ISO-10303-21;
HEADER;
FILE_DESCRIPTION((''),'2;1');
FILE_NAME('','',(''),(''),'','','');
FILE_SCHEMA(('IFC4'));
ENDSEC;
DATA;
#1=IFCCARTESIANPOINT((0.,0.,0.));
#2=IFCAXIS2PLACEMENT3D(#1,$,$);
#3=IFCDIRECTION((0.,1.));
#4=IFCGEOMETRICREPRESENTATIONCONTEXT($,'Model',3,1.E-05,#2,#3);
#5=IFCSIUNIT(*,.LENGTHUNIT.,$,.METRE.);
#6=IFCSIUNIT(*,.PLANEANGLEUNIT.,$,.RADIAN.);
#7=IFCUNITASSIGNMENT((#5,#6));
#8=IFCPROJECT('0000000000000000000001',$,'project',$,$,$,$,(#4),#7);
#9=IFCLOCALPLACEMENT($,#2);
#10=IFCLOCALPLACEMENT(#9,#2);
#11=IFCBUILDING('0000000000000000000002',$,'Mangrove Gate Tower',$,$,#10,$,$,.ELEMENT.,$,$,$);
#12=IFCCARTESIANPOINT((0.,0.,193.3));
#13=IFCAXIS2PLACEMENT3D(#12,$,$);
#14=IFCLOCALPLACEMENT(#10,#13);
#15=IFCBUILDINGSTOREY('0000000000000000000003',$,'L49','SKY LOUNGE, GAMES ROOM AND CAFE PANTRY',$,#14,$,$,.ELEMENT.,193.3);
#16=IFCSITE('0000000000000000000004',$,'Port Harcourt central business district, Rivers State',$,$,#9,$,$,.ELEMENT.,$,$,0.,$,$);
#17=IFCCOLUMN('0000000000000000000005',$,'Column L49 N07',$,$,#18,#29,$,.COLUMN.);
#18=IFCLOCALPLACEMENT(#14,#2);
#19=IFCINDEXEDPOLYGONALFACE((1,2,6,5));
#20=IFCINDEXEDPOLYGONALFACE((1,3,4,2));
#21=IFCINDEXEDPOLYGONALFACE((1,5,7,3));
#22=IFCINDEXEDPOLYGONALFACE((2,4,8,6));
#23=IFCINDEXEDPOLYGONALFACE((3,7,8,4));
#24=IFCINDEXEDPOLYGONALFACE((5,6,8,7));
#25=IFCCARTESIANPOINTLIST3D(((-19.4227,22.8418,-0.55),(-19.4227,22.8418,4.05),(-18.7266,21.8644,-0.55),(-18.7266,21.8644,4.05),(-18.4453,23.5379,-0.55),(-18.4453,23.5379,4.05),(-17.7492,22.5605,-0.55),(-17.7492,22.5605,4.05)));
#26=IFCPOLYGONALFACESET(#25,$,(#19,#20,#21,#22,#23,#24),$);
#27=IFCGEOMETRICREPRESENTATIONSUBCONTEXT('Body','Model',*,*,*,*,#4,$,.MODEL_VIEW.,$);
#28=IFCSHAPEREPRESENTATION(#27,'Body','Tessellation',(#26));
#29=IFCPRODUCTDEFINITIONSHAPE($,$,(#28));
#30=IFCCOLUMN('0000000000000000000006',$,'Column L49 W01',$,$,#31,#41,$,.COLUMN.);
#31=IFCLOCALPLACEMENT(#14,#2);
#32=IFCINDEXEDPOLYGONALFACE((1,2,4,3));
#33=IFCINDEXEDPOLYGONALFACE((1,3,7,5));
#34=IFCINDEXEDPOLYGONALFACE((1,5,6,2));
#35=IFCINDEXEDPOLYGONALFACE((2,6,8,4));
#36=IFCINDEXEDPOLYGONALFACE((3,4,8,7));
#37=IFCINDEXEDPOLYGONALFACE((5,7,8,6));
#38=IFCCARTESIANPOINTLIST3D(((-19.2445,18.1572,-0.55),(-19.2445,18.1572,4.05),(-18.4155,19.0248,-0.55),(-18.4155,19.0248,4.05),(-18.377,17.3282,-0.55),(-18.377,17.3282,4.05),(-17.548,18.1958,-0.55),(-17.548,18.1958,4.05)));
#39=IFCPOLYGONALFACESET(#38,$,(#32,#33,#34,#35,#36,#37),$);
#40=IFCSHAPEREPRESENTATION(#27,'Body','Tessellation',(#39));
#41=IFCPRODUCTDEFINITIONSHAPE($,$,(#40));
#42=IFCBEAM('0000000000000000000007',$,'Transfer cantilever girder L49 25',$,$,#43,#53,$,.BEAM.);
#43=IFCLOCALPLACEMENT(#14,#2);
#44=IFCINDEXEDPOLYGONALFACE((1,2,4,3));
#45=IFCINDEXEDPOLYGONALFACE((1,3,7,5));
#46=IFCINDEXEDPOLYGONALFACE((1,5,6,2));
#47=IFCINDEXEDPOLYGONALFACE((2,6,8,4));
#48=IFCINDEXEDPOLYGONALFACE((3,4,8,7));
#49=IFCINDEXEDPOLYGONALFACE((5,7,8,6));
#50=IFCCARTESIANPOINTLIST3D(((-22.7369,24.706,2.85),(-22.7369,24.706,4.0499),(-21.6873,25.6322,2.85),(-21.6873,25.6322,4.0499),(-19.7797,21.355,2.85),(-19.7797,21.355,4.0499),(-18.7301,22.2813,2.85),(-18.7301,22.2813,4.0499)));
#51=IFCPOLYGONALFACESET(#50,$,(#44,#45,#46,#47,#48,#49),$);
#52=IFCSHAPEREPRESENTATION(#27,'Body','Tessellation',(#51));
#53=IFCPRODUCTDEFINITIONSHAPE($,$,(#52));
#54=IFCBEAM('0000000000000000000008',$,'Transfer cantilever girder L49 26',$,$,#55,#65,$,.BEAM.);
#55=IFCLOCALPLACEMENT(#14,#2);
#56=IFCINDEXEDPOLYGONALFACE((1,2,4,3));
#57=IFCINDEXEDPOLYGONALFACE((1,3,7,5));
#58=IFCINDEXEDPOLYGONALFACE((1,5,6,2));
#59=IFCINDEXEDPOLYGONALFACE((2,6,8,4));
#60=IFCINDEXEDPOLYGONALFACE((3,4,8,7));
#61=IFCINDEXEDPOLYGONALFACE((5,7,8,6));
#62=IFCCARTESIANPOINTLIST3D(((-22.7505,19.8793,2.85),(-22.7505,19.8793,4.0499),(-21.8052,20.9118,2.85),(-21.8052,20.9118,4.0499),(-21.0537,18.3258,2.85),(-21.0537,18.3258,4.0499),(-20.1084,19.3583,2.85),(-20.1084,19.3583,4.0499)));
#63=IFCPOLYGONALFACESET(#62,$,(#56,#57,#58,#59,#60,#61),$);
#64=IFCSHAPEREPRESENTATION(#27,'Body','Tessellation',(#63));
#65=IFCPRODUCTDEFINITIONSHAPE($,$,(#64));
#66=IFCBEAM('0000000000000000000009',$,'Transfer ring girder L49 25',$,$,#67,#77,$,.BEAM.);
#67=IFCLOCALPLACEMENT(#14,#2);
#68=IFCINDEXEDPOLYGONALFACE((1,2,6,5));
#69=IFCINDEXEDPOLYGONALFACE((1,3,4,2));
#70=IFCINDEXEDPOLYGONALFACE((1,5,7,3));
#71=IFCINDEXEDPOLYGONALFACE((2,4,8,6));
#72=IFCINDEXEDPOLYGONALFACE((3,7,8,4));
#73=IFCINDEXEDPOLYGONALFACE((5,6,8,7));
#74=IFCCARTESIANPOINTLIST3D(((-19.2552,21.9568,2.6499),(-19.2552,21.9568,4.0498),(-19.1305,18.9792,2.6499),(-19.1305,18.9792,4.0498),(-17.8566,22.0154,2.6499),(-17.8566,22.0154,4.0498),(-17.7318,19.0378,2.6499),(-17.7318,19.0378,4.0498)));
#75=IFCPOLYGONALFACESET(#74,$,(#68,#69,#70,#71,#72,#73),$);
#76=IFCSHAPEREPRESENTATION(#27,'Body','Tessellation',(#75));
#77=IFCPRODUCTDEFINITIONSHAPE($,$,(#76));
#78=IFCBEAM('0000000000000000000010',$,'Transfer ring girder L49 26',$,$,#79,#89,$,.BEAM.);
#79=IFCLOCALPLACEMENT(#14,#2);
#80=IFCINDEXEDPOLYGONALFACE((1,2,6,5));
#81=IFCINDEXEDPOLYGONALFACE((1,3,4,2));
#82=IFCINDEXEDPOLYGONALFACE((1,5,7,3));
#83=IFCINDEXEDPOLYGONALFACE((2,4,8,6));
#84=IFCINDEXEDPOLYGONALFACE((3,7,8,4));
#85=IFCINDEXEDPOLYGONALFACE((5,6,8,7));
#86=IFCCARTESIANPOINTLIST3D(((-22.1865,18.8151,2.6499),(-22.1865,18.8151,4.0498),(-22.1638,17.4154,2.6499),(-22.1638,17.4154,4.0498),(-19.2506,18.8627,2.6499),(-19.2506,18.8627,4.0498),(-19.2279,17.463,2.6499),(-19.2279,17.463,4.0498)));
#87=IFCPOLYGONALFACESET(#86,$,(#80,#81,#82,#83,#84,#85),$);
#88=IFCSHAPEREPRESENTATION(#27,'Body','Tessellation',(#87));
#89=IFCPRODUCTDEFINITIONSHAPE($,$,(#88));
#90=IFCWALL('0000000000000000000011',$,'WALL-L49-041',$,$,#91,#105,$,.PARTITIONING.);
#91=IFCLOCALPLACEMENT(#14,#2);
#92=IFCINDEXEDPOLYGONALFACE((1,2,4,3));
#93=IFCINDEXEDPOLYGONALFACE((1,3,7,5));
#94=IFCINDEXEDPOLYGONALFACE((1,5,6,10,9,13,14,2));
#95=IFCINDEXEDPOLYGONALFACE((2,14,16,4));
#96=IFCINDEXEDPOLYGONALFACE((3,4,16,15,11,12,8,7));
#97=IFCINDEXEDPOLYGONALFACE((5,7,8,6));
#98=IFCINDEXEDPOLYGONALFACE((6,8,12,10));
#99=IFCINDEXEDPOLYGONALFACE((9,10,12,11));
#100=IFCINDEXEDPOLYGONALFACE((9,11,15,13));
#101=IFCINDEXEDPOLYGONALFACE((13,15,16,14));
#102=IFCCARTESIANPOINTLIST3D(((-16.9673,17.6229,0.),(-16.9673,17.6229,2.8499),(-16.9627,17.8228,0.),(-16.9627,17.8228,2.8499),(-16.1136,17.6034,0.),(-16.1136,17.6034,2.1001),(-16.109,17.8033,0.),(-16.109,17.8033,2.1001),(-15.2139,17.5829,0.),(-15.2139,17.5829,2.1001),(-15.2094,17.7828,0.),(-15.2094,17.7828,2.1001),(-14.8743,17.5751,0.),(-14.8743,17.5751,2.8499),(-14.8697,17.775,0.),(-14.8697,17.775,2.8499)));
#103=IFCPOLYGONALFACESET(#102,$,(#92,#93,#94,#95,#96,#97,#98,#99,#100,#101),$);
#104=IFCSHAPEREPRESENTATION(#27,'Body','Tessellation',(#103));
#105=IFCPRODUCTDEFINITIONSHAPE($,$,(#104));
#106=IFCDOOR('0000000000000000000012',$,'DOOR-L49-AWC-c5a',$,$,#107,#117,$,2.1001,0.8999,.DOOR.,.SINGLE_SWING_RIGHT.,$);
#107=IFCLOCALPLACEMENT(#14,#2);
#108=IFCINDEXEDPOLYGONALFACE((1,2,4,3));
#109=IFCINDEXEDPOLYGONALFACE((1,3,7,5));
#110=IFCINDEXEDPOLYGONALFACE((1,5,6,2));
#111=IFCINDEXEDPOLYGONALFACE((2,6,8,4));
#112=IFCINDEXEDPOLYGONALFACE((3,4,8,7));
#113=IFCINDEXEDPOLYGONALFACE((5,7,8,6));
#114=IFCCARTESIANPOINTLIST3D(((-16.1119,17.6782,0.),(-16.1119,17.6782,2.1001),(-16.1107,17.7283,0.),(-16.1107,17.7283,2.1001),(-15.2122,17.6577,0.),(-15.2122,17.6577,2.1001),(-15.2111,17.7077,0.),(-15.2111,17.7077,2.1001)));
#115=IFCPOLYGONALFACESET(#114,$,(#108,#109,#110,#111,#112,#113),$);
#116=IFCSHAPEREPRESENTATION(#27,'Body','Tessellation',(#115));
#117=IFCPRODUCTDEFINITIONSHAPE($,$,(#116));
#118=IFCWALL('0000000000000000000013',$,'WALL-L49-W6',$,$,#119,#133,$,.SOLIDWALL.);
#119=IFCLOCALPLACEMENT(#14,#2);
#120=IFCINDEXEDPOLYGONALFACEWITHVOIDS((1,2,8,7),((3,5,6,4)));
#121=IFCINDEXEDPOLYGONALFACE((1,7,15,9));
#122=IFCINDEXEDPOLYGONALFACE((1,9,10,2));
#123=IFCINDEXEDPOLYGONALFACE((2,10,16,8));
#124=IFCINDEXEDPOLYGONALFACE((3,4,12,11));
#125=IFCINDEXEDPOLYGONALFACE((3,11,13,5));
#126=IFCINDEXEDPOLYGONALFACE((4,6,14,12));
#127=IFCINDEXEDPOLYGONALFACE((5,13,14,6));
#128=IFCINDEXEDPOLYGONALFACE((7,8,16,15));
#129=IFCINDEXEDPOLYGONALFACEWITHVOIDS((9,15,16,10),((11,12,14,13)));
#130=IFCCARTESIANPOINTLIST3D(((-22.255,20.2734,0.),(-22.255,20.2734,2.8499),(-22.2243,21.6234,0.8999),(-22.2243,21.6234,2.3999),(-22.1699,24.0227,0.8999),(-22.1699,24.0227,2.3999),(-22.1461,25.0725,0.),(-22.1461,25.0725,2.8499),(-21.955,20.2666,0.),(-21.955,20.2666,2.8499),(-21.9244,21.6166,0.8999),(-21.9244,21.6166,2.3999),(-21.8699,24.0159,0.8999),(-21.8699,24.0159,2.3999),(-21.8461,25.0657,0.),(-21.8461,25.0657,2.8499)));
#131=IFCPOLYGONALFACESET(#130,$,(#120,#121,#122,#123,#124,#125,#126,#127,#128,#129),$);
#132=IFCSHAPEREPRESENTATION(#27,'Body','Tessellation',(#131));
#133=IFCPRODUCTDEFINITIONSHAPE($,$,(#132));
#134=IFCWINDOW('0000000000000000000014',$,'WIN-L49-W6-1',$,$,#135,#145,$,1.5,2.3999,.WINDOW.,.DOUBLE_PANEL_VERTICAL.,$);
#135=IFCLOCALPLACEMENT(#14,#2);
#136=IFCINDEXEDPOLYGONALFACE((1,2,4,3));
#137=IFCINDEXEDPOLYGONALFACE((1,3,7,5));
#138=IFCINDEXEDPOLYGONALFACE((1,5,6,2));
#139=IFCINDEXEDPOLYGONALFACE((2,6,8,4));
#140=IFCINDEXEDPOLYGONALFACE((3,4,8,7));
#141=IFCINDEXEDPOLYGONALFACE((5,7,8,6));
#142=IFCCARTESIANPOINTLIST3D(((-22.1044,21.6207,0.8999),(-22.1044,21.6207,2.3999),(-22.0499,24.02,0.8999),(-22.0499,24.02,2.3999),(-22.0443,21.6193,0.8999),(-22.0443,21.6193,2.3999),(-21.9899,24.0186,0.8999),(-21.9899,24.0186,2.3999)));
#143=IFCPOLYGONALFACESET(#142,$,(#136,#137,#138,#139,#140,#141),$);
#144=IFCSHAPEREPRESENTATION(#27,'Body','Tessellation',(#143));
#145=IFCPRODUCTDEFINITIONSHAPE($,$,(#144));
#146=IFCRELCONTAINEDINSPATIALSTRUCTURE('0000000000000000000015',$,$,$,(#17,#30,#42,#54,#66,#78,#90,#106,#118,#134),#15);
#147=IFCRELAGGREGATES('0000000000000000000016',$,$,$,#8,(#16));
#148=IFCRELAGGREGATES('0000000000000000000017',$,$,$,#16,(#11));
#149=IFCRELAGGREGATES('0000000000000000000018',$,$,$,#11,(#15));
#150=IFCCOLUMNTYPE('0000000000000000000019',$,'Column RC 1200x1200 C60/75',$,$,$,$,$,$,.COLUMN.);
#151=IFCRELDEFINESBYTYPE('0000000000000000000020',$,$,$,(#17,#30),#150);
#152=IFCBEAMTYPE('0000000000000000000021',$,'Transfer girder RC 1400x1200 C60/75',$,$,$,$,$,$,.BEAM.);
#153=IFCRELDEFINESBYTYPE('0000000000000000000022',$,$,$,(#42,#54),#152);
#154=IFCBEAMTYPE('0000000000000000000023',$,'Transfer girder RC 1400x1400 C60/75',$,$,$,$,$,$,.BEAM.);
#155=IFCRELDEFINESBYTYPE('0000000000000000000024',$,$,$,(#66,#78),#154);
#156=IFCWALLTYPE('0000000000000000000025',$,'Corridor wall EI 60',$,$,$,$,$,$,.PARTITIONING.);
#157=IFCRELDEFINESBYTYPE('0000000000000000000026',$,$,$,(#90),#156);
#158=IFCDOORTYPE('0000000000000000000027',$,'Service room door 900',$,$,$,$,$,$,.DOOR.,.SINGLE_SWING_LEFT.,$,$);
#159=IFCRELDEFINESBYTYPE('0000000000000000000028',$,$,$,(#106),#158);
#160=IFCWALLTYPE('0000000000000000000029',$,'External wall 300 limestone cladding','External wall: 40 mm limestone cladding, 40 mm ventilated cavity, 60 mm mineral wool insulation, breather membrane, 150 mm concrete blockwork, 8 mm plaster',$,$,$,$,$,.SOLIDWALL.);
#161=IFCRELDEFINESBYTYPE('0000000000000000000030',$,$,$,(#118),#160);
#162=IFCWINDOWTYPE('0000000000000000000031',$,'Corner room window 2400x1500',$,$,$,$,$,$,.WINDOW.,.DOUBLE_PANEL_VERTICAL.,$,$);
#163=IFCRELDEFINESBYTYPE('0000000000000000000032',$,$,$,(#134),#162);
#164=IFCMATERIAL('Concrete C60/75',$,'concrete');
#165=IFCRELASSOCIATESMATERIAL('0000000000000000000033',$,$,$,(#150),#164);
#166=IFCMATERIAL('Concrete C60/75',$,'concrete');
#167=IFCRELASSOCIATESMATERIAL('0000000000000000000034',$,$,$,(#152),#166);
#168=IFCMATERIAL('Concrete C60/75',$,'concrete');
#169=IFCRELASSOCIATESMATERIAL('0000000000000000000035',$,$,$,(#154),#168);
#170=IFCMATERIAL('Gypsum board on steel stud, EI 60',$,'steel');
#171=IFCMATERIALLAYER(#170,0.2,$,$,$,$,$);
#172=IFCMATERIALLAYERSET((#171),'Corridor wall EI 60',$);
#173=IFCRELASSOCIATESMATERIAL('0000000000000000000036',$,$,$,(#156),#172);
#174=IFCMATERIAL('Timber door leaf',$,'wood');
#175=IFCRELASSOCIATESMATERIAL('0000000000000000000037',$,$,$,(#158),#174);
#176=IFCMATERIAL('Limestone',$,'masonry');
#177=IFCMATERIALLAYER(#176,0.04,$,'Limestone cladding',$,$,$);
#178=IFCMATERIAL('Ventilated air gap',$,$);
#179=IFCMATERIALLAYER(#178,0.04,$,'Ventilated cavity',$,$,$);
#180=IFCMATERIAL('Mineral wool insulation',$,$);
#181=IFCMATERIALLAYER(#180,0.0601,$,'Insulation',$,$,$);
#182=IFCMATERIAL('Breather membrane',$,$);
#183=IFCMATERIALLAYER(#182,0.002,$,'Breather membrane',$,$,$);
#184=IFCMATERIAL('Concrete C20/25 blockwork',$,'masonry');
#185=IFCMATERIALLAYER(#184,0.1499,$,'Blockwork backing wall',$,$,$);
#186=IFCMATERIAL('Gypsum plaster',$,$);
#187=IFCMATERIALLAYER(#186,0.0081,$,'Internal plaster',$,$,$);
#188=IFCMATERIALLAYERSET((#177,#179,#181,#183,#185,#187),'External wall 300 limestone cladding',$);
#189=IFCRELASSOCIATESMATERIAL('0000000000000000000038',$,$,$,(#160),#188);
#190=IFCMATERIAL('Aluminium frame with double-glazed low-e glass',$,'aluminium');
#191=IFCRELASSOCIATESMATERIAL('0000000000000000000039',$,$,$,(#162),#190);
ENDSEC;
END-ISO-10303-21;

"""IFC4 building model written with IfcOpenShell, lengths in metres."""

from ifc_helpers import new_model, si_unit, direction, frame, frame_2d, origin, origin_2d, place, context, subcontext, project, spatial, rectangle, extrude, material, layer, layer_set, material_profile, profile_set, type_object, element, fill, save


model = new_model("IFC4")

# Units and contexts
model_context = context("Model", 3, precision=1e-05, world=origin(), true_north=direction((0.0, 1.0)))
body_context = subcontext(model_context, "Body", "Model", "MODEL_VIEW")
ifc_project = project(units=[si_unit("LENGTHUNIT", "METRE"), si_unit("PLANEANGLEUNIT", "RADIAN")], contexts=[model_context])

# Site, building, storey
site_placement = place(None, origin())
site = spatial("IfcSite", under=ifc_project, at=site_placement, Name="Port Harcourt central business district, Rivers State", CompositionType="ELEMENT", RefElevation=0.0)
building_placement = place(site_placement, origin())
building = spatial("IfcBuilding", under=site, at=building_placement, Name="Mangrove Gate Tower", CompositionType="ELEMENT")
storey_placement = place(building_placement, frame((0.0, 0.0, 193.3)))
storey = spatial("IfcBuildingStorey", under=building, at=storey_placement, Name="L49", Description="SKY LOUNGE, GAMES ROOM AND CAFE PANTRY", CompositionType="ELEMENT", Elevation=193.3)

# Columns
ifc_material_1 = material(Name="Concrete C60/75", Category="concrete")
ifc_material_profile_1 = material_profile(ifc_material_1, rectangle(XDim=1.2, YDim=1.2, at=origin_2d()))
ifc_profile_set_1 = profile_set([ifc_material_profile_1], Name="Concrete C60/75")
column_type = type_object("IfcColumnType", Name="Column RC 1200x1200 C60/75", PredefinedType="COLUMN", material=ifc_profile_set_1)
for number, where, z_axis, x_axis, name in (
    (1, (-18.5859, 22.7012, -0.55), (0.0, 0.0, 1.0), (-0.814549, -0.580095, 0.0), "Column L49 N07"),
    (2, (-18.3962, 18.1765, -0.55), (0.0, 0.0, 1.0), (-0.69086, -0.722989, 0.0), "Column L49 W01"),
):
    element("IfcColumn", number, at=place(storey_placement, frame(where, z_axis=z_axis, x_axis=x_axis)), inside=storey, type_object=column_type, Name=name, PredefinedType="COLUMN", context=body_context, shape_type="SweptSolid", body=[
        extrude(rectangle(XDim=1.2, YDim=1.2, at=origin_2d()), origin(), (0.0, 0.0, 1.0), 4.6001),
    ])

# Beams
ifc_material_2 = material(Name="Concrete C60/75", Category="concrete")
ifc_material_profile_2 = material_profile(ifc_material_2, rectangle(XDim=1.3999, YDim=1.2, at=origin_2d()))
ifc_profile_set_2 = profile_set([ifc_material_profile_2], Name="Concrete C60/75")
beam_type_1 = type_object("IfcBeamType", Name="Transfer girder RC 1400x1200 C60/75", PredefinedType="BEAM", material=ifc_profile_set_2)
beam_1_placement = place(storey_placement, frame((-19.2549, 21.8181, 3.45), z_axis=(-0.661678, 0.749788, 0.0), x_axis=(-0.749788, -0.661678, 0.0)))
element("IfcBeam", 3, at=beam_1_placement, inside=storey, type_object=beam_type_1, Name="Transfer cantilever girder L49 25", PredefinedType="BEAM", context=body_context, shape_type="SweptSolid", body=[
    extrude(rectangle(XDim=1.3999, YDim=1.2, at=origin_2d()), origin(), (0.0, 0.0, 1.0), 4.4692),
])
beam_2_placement = place(storey_placement, frame((-20.5811, 18.842, 3.45), z_axis=(-0.737568, 0.675273, 0.0), x_axis=(-0.675273, -0.737568, 0.0)))
element("IfcBeam", 4, at=beam_2_placement, inside=storey, type_object=beam_type_1, Name="Transfer cantilever girder L49 26", PredefinedType="BEAM", context=body_context, shape_type="SweptSolid", body=[
    extrude(rectangle(XDim=1.3999, YDim=1.2, at=origin_2d()), origin(), (0.0, 0.0, 1.0), 2.3005),
])
ifc_material_3 = material(Name="Concrete C60/75", Category="concrete")
ifc_material_profile_3 = material_profile(ifc_material_3, rectangle(XDim=1.3999, YDim=1.3999, at=origin_2d()))
ifc_profile_set_3 = profile_set([ifc_material_profile_3], Name="Concrete C60/75")
beam_type_2 = type_object("IfcBeamType", Name="Transfer girder RC 1400x1400 C60/75", PredefinedType="BEAM", material=ifc_profile_set_3)
beam_3_placement = place(storey_placement, frame((-18.5559, 21.9861, 3.3499), z_axis=(0.041862, -0.999123, 0.0), x_axis=(0.999123, 0.041862, 0.0)))
element("IfcBeam", 5, at=beam_3_placement, inside=storey, type_object=beam_type_2, Name="Transfer ring girder L49 25", PredefinedType="BEAM", context=body_context, shape_type="SweptSolid", body=[
    extrude(rectangle(XDim=1.3999, YDim=1.3999, at=origin_2d()), origin(), (0.0, 0.0, 1.0), 2.9802),
])
beam_4_placement = place(storey_placement, frame((-19.2393, 18.1628, 3.3499), z_axis=(-0.999869, -0.016214, 0.0), x_axis=(0.016214, -0.999869, 0.0)))
element("IfcBeam", 6, at=beam_4_placement, inside=storey, type_object=beam_type_2, Name="Transfer ring girder L49 26", PredefinedType="BEAM", context=body_context, shape_type="SweptSolid", body=[
    extrude(rectangle(XDim=1.3999, YDim=1.3999, at=origin_2d()), origin(), (0.0, 0.0, 1.0), 2.9363),
])

# Wall, opening, door
ifc_material_4 = material(Name="Gypsum board on steel stud, EI 60", Category="steel")
ifc_layer_1 = layer(ifc_material_4, 0.2)
ifc_layer_set_1 = layer_set([ifc_layer_1], Name="Corridor wall EI 60")
wall_type_1 = type_object("IfcWallType", Name="Corridor wall EI 60", PredefinedType="PARTITIONING", material=ifc_layer_set_1)
wall_1_placement = place(storey_placement, frame((-16.9651, 17.7229, 0.0), z_axis=(0.0, 0.0, 1.0), x_axis=(0.999739, -0.022857, 0.0)))
wall_1 = element("IfcWall", 7, at=wall_1_placement, inside=storey, type_object=wall_type_1, Name="WALL-L49-041", PredefinedType="PARTITIONING", context=body_context, shape_type="SweptSolid", body=[
    extrude(rectangle(XDim=2.0935, YDim=0.2, at=frame_2d((1.0469, 0.0))), origin(), (0.0, 0.0, 1.0), 2.8499),
])
opening_1_placement = place(wall_1_placement, frame((0.854, 0.0, 0.0)))
opening_1 = element("IfcOpeningElement", 8, at=opening_1_placement, cuts=wall_1, PredefinedType="OPENING", context=body_context, shape_type="SweptSolid", body=[
    extrude(rectangle(XDim=0.8999, YDim=2.1001, at=frame_2d((0.45, 1.05))), frame((0.0, 0.1099, 0.0), z_axis=(0.0, -1.0, 0.0), x_axis=(1.0, 0.0, 0.0)), (0.0, 0.0, 1.0), 0.22),
])
ifc_material_5 = material(Name="Timber door leaf", Category="wood")
door_type_1 = type_object("IfcDoorType", Name="Service room door 900", OperationType="SINGLE_SWING_LEFT", PredefinedType="DOOR", material=ifc_material_5)
door_1_placement = place(opening_1_placement, origin())
door_1 = element("IfcDoor", 9, at=door_1_placement, inside=storey, type_object=door_type_1, Name="DOOR-L49-AWC-c5a", OperationType="SINGLE_SWING_RIGHT", OverallHeight=2.1001, OverallWidth=0.8999, PredefinedType="DOOR", context=body_context, shape_type="SweptSolid", body=[
    extrude(rectangle(XDim=0.8999, YDim=2.1001, at=frame_2d((0.45, 1.05))), frame((0.0, 0.0249, 0.0), z_axis=(0.0, -1.0, 0.0), x_axis=(1.0, 0.0, 0.0)), (0.0, 0.0, 1.0), 0.05),
])
fill(opening_1, door_1)

# Wall, opening, window
ifc_material_6 = material(Name="Limestone", Category="masonry")
ifc_layer_2 = layer(ifc_material_6, 0.04, Name="Limestone cladding")
ifc_material_7 = material(Name="Ventilated air gap")
ifc_layer_3 = layer(ifc_material_7, 0.04, Name="Ventilated cavity")
ifc_material_8 = material(Name="Mineral wool insulation")
ifc_layer_4 = layer(ifc_material_8, 0.0601, Name="Insulation")
ifc_material_9 = material(Name="Breather membrane")
ifc_layer_5 = layer(ifc_material_9, 0.002, Name="Breather membrane")
ifc_material_10 = material(Name="Concrete C20/25 blockwork", Category="masonry")
ifc_layer_6 = layer(ifc_material_10, 0.1499, Name="Blockwork backing wall")
ifc_material_11 = material(Name="Gypsum plaster")
ifc_layer_7 = layer(ifc_material_11, 0.0081, Name="Internal plaster")
ifc_layer_set_2 = layer_set([ifc_layer_2, ifc_layer_3, ifc_layer_4, ifc_layer_5, ifc_layer_6, ifc_layer_7], Name="External wall 300 limestone cladding")
wall_type_2 = type_object("IfcWallType", Name="External wall 300 limestone cladding", Description="External wall: 40 mm limestone cladding, 40 mm ventilated cavity, 60 mm mineral wool insulation, breather membrane, 150 mm concrete blockwork, 8 mm plaster", PredefinedType="SOLIDWALL", material=ifc_layer_set_2)
wall_2_placement = place(storey_placement, frame((-21.9961, 25.0691, 0.0), z_axis=(0.0, 0.0, 1.0), x_axis=(-0.022683, -0.999743, 0.0)))
wall_2 = element("IfcWall", 10, at=wall_2_placement, inside=storey, type_object=wall_type_2, Name="WALL-L49-W6", PredefinedType="SOLIDWALL", context=body_context, shape_type="SweptSolid", body=[
    extrude(rectangle(XDim=4.8003, YDim=0.3, at=frame_2d((2.4001, 0.0))), origin(), (0.0, 0.0, 1.0), 2.8499),
])
opening_2_placement = place(wall_2_placement, frame((1.05, 0.0, 0.8999)))
opening_2 = element("IfcOpeningElement", 11, at=opening_2_placement, cuts=wall_2, PredefinedType="OPENING", context=body_context, shape_type="SweptSolid", body=[
    extrude(rectangle(XDim=2.3999, YDim=1.5, at=frame_2d((1.2, 0.75))), frame((0.0, 0.1599, 0.0), z_axis=(0.0, -1.0, 0.0), x_axis=(1.0, 0.0, 0.0)), (0.0, 0.0, 1.0), 0.3201),
])
ifc_material_12 = material(Name="Aluminium frame with double-glazed low-e glass", Category="aluminium")
window_type = type_object("IfcWindowType", Name="Corner room window 2400x1500", PartitioningType="DOUBLE_PANEL_VERTICAL", PredefinedType="WINDOW", material=ifc_material_12)
window_placement = place(opening_2_placement, origin())
window = element("IfcWindow", 12, at=window_placement, inside=storey, type_object=window_type, Name="WIN-L49-W6-1", OverallHeight=1.5, OverallWidth=2.3999, PartitioningType="DOUBLE_PANEL_VERTICAL", PredefinedType="WINDOW", context=body_context, shape_type="SweptSolid", body=[
    extrude(rectangle(XDim=2.3999, YDim=1.5, at=frame_2d((1.2, 0.75))), frame((0.0, 0.03, 0.0), z_axis=(0.0, -1.0, 0.0), x_axis=(1.0, 0.0, 0.0)), (0.0, 0.0, 1.0), 0.0601),
])
fill(opening_2, window)

save(model, "model.ifc")
